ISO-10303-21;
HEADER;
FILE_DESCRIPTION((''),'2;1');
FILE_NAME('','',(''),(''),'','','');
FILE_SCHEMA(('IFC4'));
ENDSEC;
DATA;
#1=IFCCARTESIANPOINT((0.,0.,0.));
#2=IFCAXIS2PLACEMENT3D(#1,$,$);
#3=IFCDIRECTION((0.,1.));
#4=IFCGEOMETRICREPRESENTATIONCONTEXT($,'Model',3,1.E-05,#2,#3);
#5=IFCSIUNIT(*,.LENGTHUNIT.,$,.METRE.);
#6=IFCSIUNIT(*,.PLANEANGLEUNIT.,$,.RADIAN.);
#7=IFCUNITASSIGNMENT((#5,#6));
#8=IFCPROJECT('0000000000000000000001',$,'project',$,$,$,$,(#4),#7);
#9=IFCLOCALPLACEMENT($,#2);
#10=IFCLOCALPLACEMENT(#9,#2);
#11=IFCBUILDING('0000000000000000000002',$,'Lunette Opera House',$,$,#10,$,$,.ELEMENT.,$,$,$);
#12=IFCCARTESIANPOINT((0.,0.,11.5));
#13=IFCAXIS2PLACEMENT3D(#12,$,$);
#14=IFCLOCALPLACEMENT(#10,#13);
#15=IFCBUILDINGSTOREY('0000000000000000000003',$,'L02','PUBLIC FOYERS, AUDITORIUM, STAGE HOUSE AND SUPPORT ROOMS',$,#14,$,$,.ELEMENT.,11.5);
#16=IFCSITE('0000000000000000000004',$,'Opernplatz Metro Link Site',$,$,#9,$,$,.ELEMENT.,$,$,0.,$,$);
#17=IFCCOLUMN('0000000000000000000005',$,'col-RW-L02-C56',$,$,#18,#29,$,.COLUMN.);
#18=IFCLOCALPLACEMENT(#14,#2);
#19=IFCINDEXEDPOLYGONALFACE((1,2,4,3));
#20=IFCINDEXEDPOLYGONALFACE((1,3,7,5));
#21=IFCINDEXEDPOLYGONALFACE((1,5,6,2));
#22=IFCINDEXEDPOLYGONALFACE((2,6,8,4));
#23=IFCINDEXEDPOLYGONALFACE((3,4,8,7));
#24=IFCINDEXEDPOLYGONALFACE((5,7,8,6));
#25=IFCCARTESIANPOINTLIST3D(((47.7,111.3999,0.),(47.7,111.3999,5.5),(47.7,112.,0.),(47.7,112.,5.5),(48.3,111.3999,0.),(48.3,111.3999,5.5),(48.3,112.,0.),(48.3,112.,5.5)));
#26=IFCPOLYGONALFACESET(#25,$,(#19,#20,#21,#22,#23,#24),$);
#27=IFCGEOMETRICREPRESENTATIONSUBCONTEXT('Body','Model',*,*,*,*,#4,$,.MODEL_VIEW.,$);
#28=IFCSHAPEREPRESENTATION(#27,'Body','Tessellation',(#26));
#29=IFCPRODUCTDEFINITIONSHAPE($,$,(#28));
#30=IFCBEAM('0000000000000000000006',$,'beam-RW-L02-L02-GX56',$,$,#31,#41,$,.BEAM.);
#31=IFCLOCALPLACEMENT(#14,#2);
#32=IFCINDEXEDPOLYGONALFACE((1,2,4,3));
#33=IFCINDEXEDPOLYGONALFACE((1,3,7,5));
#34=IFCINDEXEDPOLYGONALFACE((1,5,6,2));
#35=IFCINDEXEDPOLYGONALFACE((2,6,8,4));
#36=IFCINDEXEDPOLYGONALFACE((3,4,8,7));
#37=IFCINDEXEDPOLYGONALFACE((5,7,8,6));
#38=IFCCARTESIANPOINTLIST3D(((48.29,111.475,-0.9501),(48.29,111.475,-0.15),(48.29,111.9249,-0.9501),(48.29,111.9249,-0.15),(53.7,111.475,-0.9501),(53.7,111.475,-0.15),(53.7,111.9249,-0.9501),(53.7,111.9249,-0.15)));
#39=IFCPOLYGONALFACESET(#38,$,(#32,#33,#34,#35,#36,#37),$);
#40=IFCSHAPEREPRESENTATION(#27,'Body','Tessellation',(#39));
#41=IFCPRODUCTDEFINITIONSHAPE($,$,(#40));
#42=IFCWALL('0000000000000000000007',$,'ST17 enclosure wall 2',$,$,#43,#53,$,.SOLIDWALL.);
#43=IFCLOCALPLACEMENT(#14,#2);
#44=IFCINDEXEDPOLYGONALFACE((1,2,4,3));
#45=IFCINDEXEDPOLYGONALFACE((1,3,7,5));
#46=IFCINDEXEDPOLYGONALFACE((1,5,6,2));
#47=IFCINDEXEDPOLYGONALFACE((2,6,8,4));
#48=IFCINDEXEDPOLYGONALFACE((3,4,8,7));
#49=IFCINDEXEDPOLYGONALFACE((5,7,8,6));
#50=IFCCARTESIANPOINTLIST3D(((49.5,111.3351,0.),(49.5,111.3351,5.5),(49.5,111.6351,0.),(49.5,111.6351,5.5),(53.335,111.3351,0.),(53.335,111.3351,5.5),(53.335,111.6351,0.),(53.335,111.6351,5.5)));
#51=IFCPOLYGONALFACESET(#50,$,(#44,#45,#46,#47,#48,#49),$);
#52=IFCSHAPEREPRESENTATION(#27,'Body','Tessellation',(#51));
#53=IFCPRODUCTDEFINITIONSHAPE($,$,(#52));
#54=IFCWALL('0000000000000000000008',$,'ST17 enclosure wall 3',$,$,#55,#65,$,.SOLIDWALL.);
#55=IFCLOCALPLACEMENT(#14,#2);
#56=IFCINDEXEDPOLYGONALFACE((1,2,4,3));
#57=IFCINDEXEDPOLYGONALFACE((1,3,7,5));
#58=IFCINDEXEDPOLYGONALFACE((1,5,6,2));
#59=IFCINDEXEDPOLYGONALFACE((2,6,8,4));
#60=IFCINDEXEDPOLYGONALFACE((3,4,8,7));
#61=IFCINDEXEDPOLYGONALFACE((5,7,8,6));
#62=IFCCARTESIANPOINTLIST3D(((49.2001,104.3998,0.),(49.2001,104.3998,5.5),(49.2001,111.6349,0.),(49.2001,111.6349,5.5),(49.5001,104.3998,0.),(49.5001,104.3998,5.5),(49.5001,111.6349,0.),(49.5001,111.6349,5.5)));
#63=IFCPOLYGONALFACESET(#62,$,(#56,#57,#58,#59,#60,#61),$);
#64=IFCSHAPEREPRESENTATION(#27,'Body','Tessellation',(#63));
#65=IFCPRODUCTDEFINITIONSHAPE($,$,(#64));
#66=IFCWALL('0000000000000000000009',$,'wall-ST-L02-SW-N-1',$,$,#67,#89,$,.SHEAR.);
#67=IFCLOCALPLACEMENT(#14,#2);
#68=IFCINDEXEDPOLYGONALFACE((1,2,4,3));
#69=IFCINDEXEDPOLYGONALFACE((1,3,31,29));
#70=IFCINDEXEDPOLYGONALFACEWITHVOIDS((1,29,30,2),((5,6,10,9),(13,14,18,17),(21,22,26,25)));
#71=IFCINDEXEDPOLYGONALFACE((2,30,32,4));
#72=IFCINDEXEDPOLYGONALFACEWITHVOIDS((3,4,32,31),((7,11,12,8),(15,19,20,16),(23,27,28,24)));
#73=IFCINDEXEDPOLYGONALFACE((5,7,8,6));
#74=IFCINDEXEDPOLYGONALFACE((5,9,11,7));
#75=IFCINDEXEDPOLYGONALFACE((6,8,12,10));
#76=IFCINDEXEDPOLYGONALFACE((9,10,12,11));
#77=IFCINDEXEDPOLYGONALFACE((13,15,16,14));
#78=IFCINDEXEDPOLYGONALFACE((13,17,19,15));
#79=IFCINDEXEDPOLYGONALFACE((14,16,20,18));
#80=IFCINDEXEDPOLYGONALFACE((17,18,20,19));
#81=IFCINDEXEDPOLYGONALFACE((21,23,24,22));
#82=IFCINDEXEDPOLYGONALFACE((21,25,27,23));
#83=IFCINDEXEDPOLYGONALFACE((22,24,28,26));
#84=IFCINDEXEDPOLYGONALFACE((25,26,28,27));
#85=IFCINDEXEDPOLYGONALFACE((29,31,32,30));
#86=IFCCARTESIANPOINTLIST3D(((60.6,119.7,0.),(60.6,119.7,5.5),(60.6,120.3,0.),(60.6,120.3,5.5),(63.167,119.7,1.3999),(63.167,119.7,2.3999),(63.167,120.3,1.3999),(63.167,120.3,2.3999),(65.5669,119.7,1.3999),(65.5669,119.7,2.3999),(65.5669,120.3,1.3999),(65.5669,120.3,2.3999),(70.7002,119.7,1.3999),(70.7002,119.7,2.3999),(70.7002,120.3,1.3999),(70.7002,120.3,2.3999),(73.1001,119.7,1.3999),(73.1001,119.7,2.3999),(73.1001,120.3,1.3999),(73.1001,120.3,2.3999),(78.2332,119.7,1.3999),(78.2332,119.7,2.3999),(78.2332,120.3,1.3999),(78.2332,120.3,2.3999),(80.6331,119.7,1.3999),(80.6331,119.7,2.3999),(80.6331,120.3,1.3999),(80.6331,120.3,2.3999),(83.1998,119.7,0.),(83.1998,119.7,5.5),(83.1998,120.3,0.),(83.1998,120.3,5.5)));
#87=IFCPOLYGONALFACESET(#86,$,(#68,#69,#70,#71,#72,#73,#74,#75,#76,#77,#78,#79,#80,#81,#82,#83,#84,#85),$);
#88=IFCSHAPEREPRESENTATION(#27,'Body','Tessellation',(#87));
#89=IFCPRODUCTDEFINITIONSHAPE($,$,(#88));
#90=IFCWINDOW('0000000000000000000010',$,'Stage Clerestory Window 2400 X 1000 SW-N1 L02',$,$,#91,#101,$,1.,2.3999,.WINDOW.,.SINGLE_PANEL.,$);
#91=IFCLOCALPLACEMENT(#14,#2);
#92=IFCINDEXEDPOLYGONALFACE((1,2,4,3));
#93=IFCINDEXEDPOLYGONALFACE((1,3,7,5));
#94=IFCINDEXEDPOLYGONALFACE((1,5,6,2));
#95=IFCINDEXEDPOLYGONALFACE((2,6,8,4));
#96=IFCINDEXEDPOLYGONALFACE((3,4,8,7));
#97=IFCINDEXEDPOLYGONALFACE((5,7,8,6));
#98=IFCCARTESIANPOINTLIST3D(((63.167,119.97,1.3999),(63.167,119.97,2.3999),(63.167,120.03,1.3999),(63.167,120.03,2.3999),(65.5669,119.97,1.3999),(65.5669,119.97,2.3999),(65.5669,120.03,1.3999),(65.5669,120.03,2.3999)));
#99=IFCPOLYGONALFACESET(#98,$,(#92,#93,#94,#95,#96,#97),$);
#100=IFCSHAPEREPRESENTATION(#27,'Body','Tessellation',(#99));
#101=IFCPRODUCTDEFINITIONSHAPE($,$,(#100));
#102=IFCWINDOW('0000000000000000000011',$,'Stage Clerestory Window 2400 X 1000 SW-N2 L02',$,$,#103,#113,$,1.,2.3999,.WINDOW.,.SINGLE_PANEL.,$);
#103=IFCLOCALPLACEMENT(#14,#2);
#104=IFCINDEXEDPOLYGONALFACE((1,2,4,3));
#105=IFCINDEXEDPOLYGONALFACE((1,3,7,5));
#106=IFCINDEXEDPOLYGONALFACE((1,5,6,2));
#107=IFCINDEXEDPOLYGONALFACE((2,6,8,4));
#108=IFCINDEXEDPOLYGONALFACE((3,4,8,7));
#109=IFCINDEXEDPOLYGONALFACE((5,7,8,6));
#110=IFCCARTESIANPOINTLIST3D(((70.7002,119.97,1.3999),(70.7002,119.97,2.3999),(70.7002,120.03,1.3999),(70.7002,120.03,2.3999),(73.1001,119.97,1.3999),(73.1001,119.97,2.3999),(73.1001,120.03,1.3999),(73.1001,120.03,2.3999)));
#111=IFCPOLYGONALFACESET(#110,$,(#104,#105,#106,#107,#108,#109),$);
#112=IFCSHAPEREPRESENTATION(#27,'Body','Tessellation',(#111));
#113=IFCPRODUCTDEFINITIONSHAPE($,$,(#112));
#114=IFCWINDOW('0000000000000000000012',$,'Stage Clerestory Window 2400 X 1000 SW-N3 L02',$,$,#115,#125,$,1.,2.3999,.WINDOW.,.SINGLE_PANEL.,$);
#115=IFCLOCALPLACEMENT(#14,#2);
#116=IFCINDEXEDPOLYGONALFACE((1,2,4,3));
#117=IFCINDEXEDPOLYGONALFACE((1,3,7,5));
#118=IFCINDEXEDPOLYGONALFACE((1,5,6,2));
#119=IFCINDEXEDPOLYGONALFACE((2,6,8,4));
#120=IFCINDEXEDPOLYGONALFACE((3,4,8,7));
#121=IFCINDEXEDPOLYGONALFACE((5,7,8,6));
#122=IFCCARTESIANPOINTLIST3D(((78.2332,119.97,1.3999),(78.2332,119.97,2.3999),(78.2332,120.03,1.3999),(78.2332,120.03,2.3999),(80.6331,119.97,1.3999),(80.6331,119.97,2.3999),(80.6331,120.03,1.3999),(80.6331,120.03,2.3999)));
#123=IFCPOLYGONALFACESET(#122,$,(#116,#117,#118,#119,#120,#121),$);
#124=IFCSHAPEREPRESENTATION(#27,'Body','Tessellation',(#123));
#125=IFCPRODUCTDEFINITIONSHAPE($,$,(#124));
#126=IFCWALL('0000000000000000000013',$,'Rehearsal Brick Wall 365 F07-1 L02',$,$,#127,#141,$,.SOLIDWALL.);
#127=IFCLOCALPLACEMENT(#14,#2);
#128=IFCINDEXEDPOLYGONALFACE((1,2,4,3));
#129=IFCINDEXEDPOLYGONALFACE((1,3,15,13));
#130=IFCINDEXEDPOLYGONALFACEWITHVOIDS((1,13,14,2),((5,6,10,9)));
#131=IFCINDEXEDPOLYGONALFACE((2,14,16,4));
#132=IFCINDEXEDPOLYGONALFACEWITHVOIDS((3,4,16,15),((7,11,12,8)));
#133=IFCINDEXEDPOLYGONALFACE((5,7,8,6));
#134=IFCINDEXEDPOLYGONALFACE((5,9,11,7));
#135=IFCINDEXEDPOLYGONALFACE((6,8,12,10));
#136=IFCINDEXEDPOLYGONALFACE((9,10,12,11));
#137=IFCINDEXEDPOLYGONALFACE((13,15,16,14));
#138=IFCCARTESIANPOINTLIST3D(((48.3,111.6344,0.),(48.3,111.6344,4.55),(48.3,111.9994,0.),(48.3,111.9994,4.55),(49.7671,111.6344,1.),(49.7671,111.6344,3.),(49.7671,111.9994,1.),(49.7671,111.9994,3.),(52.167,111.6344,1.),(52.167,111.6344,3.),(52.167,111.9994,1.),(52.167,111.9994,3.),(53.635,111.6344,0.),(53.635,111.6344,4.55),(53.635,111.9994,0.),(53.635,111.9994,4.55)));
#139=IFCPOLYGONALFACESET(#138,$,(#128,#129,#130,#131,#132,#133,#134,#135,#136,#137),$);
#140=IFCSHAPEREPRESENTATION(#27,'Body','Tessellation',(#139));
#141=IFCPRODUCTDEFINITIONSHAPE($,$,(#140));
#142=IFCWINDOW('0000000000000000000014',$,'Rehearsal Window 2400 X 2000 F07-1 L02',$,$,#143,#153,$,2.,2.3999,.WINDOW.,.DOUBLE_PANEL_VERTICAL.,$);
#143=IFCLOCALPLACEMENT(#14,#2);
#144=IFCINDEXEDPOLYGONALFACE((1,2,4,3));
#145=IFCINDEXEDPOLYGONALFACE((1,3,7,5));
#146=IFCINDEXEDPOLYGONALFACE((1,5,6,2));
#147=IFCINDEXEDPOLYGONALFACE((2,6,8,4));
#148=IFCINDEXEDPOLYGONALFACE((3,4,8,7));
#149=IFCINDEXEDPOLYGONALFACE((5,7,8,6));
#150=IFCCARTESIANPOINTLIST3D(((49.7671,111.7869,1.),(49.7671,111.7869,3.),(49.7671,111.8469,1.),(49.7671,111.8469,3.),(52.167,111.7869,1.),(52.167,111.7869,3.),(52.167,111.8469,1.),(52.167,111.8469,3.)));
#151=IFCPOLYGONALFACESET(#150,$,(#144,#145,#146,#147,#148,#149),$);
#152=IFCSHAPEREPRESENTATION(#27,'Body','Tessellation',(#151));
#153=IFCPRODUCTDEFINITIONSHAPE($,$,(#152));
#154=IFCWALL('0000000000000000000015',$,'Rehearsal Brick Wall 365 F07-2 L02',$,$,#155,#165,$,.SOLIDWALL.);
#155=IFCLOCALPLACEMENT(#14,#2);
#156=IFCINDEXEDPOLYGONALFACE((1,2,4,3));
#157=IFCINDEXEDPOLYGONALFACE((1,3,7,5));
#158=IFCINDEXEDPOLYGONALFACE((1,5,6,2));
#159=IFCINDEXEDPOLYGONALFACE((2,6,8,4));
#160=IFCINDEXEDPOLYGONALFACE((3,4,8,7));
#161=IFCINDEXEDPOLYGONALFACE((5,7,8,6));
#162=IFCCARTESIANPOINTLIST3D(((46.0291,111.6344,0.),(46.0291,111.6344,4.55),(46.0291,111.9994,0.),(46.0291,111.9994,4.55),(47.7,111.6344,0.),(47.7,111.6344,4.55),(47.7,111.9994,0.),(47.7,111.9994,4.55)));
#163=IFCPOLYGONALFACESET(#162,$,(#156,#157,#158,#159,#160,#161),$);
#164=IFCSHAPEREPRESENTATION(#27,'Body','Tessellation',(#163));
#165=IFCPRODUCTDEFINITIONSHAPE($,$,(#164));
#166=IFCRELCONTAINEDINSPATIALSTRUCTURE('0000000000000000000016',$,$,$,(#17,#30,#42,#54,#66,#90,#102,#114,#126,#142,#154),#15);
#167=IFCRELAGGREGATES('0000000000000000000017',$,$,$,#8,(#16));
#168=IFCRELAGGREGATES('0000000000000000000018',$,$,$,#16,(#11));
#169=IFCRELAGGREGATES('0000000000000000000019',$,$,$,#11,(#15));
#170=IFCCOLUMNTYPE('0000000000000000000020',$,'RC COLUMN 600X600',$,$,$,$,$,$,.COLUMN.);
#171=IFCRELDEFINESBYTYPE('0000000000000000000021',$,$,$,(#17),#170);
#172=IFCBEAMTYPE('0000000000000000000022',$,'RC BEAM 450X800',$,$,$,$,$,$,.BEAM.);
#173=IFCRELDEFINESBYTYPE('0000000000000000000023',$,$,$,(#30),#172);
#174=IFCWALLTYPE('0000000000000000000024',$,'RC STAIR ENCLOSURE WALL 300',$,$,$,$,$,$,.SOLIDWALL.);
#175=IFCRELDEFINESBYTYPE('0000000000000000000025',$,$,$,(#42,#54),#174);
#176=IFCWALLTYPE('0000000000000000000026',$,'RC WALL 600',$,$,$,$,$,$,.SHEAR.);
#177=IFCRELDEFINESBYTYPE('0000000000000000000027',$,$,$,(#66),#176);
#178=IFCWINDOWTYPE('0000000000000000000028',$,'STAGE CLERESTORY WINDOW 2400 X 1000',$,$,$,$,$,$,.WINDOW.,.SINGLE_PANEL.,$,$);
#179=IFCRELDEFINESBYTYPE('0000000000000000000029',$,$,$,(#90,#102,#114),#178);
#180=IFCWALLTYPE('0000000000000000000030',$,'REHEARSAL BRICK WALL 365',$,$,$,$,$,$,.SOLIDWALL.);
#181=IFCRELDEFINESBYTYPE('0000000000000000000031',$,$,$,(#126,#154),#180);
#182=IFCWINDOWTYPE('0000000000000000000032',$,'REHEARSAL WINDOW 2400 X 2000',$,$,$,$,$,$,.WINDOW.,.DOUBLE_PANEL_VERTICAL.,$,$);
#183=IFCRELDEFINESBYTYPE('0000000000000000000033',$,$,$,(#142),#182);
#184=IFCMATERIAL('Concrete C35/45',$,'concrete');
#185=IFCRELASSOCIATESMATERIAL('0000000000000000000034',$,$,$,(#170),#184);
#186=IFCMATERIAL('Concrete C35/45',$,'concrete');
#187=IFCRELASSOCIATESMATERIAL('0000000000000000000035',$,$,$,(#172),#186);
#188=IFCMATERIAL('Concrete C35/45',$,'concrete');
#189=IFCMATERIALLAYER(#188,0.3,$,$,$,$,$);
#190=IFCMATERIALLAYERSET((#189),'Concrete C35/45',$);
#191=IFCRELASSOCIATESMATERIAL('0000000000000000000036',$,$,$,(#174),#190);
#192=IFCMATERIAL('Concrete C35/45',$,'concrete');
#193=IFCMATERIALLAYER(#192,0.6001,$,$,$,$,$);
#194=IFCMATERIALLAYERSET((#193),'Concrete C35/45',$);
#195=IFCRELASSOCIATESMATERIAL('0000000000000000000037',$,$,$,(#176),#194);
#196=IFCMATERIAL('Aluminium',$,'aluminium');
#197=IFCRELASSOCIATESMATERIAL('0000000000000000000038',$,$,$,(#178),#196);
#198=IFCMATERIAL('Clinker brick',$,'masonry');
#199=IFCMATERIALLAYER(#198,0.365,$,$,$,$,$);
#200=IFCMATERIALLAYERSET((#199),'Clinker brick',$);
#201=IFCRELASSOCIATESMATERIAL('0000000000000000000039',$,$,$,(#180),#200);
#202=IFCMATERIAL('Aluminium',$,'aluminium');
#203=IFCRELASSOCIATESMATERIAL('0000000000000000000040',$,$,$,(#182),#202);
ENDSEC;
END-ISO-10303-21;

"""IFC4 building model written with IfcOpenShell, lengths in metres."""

from ifc_helpers import new_model, si_unit, direction, frame, frame_2d, origin, origin_2d, place, context, subcontext, project, spatial, rectangle, extrude, material, layer, layer_set, material_profile, profile_set, type_object, element, fill, save


model = new_model("IFC4")

# Units and contexts
model_context = context("Model", 3, precision=1e-05, world=origin(), true_north=direction((0.0, 1.0)))
body_context = subcontext(model_context, "Body", "Model", "MODEL_VIEW")
ifc_project = project(units=[si_unit("LENGTHUNIT", "METRE"), si_unit("PLANEANGLEUNIT", "RADIAN")], contexts=[model_context])

# Site, building, storey
site_placement = place(None, origin())
site = spatial("IfcSite", under=ifc_project, at=site_placement, Name="Opernplatz Metro Link Site", CompositionType="ELEMENT", RefElevation=0.0)
building_placement = place(site_placement, origin())
building = spatial("IfcBuilding", under=site, at=building_placement, Name="Lunette Opera House", CompositionType="ELEMENT")
storey_placement = place(building_placement, frame((0.0, 0.0, 11.5)))
storey = spatial("IfcBuildingStorey", under=building, at=storey_placement, Name="L02", Description="PUBLIC FOYERS, AUDITORIUM, STAGE HOUSE AND SUPPORT ROOMS", CompositionType="ELEMENT", Elevation=11.5)

# Column
ifc_material_1 = material(Name="Concrete C35/45", Category="concrete")
ifc_material_profile_1 = material_profile(ifc_material_1, rectangle(XDim=0.6001, YDim=0.6001, at=origin_2d()), Name="RC COLUMN 600X600")
ifc_profile_set_1 = profile_set([ifc_material_profile_1], Name="Concrete C35/45")
column_type = type_object("IfcColumnType", Name="RC COLUMN 600X600", PredefinedType="COLUMN", material=ifc_profile_set_1)
column_placement = place(storey_placement, frame((48.0, 111.7, 0.0), z_axis=(0.0, 0.0, 1.0), x_axis=(1.0, 0.0, 0.0)))
element("IfcColumn", 1, at=column_placement, inside=storey, type_object=column_type, Name="col-RW-L02-C56", PredefinedType="COLUMN", context=body_context, shape_type="SweptSolid", body=[
    extrude(rectangle(XDim=0.6001, YDim=0.6001, at=origin_2d()), origin(), (0.0, 0.0, 1.0), 5.5),
])

# Beam
ifc_material_2 = material(Name="Concrete C35/45", Category="concrete")
ifc_material_profile_2 = material_profile(ifc_material_2, rectangle(XDim=0.45, YDim=0.8, at=origin_2d()), Name="RC BEAM 450X800")
ifc_profile_set_2 = profile_set([ifc_material_profile_2], Name="Concrete C35/45")
beam_type = type_object("IfcBeamType", Name="RC BEAM 450X800", PredefinedType="BEAM", material=ifc_profile_set_2)
beam_placement = place(storey_placement, frame((48.29, 111.7, -0.55), z_axis=(1.0, 0.0, 0.0), x_axis=(0.0, 1.0, 0.0)))
element("IfcBeam", 2, at=beam_placement, inside=storey, type_object=beam_type, Name="beam-RW-L02-L02-GX56", PredefinedType="BEAM", context=body_context, shape_type="SweptSolid", body=[
    extrude(rectangle(XDim=0.45, YDim=0.8, at=origin_2d()), origin(), (0.0, 0.0, 1.0), 5.4099),
])

# Walls
ifc_material_3 = material(Name="Concrete C35/45", Category="concrete")
ifc_layer_1 = layer(ifc_material_3, 0.3)
ifc_layer_set_1 = layer_set([ifc_layer_1], Name="Concrete C35/45")
wall_type_1 = type_object("IfcWallType", Name="RC STAIR ENCLOSURE WALL 300", PredefinedType="SOLIDWALL", material=ifc_layer_set_1)
wall_1_placement = place(storey_placement, frame((53.335, 111.4851, 0.0), z_axis=(0.0, 0.0, 1.0), x_axis=(-1.0, 0.0, 0.0)))
element("IfcWall", 3, at=wall_1_placement, inside=storey, type_object=wall_type_1, Name="ST17 enclosure wall 2", PredefinedType="SOLIDWALL", context=body_context, shape_type="SweptSolid", body=[
    extrude(rectangle(XDim=3.835, YDim=0.3, at=frame_2d((1.9175, 0.0))), origin(), (0.0, 0.0, 1.0), 5.5),
])
wall_2_placement = place(storey_placement, frame((49.3501, 111.635, 0.0), z_axis=(0.0, 0.0, 1.0), x_axis=(0.0, -1.0, 0.0)))
element("IfcWall", 4, at=wall_2_placement, inside=storey, type_object=wall_type_1, Name="ST17 enclosure wall 3", PredefinedType="SOLIDWALL", context=body_context, shape_type="SweptSolid", body=[
    extrude(rectangle(XDim=7.2351, YDim=0.3, at=frame_2d((3.6177, 0.0))), origin(), (0.0, 0.0, 1.0), 5.5),
])

# Wall, openings, windows
ifc_material_4 = material(Name="Concrete C35/45", Category="concrete")
ifc_layer_2 = layer(ifc_material_4, 0.6001)
ifc_layer_set_2 = layer_set([ifc_layer_2], Name="Concrete C35/45")
wall_type_2 = type_object("IfcWallType", Name="RC WALL 600", PredefinedType="SHEAR", material=ifc_layer_set_2)
wall_3_placement = place(storey_placement, frame((60.6001, 120.0, 0.0), z_axis=(0.0, 0.0, 1.0), x_axis=(1.0, 0.0, 0.0)))
wall_3 = element("IfcWall", 5, at=wall_3_placement, inside=storey, type_object=wall_type_2, Name="wall-ST-L02-SW-N-1", PredefinedType="SHEAR", context=body_context, shape_type="SweptSolid", body=[
    extrude(rectangle(XDim=22.5999, YDim=0.6001, at=frame_2d((11.2998, 0.0))), origin(), (0.0, 0.0, 1.0), 5.5),
])
opening_1_placement = place(wall_3_placement, frame((2.5669, 0.0, 1.3999)))
opening_1 = element("IfcOpeningElement", 6, at=opening_1_placement, cuts=wall_3, PredefinedType="OPENING", context=body_context, shape_type="SweptSolid", body=[
    extrude(rectangle(XDim=2.3999, YDim=1.0, at=frame_2d((1.2, 0.5))), frame((0.0, 0.312, 0.0), z_axis=(0.0, -1.0, 0.0), x_axis=(1.0, 0.0, 0.0)), (0.0, 0.0, 1.0), 0.624),
])
opening_2_placement = place(wall_3_placement, frame((10.1001, 0.0, 1.3999)))
opening_2 = element("IfcOpeningElement", 7, at=opening_2_placement, cuts=wall_3, PredefinedType="OPENING", context=body_context, shape_type="SweptSolid", body=[
    extrude(rectangle(XDim=2.3999, YDim=1.0, at=frame_2d((1.2, 0.5))), frame((0.0, 0.312, 0.0), z_axis=(0.0, -1.0, 0.0), x_axis=(1.0, 0.0, 0.0)), (0.0, 0.0, 1.0), 0.624),
])
opening_3_placement = place(wall_3_placement, frame((17.6331, 0.0, 1.3999)))
opening_3 = element("IfcOpeningElement", 8, at=opening_3_placement, cuts=wall_3, PredefinedType="OPENING", context=body_context, shape_type="SweptSolid", body=[
    extrude(rectangle(XDim=2.3999, YDim=1.0, at=frame_2d((1.2, 0.5))), frame((0.0, 0.312, 0.0), z_axis=(0.0, -1.0, 0.0), x_axis=(1.0, 0.0, 0.0)), (0.0, 0.0, 1.0), 0.624),
])
ifc_material_5 = material(Name="Aluminium", Category="aluminium")
window_type_1 = type_object("IfcWindowType", Name="STAGE CLERESTORY WINDOW 2400 X 1000", PartitioningType="SINGLE_PANEL", PredefinedType="WINDOW", material=ifc_material_5)
window_1_placement = place(opening_1_placement, origin())
window_1 = element("IfcWindow", 9, at=window_1_placement, inside=storey, type_object=window_type_1, Name="Stage Clerestory Window 2400 X 1000 SW-N1 L02", OverallHeight=1.0, OverallWidth=2.3999, PartitioningType="SINGLE_PANEL", PredefinedType="WINDOW", context=body_context, shape_type="SweptSolid", body=[
    extrude(rectangle(XDim=2.3999, YDim=1.0, at=frame_2d((1.2, 0.5))), frame((0.0, 0.03, 0.0), z_axis=(0.0, -1.0, 0.0), x_axis=(1.0, 0.0, 0.0)), (0.0, 0.0, 1.0), 0.0601),
])
fill(opening_1, window_1)
window_2_placement = place(opening_2_placement, origin())
window_2 = element("IfcWindow", 10, at=window_2_placement, inside=storey, type_object=window_type_1, Name="Stage Clerestory Window 2400 X 1000 SW-N2 L02", OverallHeight=1.0, OverallWidth=2.3999, PartitioningType="SINGLE_PANEL", PredefinedType="WINDOW", context=body_context, shape_type="SweptSolid", body=[
    extrude(rectangle(XDim=2.3999, YDim=1.0, at=frame_2d((1.2, 0.5))), frame((0.0, 0.03, 0.0), z_axis=(0.0, -1.0, 0.0), x_axis=(1.0, 0.0, 0.0)), (0.0, 0.0, 1.0), 0.0601),
])
fill(opening_2, window_2)
window_3_placement = place(opening_3_placement, origin())
window_3 = element("IfcWindow", 11, at=window_3_placement, inside=storey, type_object=window_type_1, Name="Stage Clerestory Window 2400 X 1000 SW-N3 L02", OverallHeight=1.0, OverallWidth=2.3999, PartitioningType="SINGLE_PANEL", PredefinedType="WINDOW", context=body_context, shape_type="SweptSolid", body=[
    extrude(rectangle(XDim=2.3999, YDim=1.0, at=frame_2d((1.2, 0.5))), frame((0.0, 0.03, 0.0), z_axis=(0.0, -1.0, 0.0), x_axis=(1.0, 0.0, 0.0)), (0.0, 0.0, 1.0), 0.0601),
])
fill(opening_3, window_3)

# Wall, opening, window
ifc_material_6 = material(Name="Clinker brick", Category="masonry")
ifc_layer_3 = layer(ifc_material_6, 0.365)
ifc_layer_set_3 = layer_set([ifc_layer_3], Name="Clinker brick")
wall_type_3 = type_object("IfcWallType", Name="REHEARSAL BRICK WALL 365", PredefinedType="SOLIDWALL", material=ifc_layer_set_3)
wall_4_placement = place(storey_placement, frame((53.635, 111.8169, 0.0), z_axis=(0.0, 0.0, 1.0), x_axis=(-1.0, 0.0, 0.0)))
wall_4 = element("IfcWall", 12, at=wall_4_placement, inside=storey, type_object=wall_type_3, Name="Rehearsal Brick Wall 365 F07-1 L02", PredefinedType="SOLIDWALL", context=body_context, shape_type="SweptSolid", body=[
    extrude(rectangle(XDim=5.335, YDim=0.365, at=frame_2d((2.6675, 0.0))), origin(), (0.0, 0.0, 1.0), 4.55),
])
opening_4_placement = place(wall_4_placement, frame((1.468, 0.0, 1.0)))
opening_4 = element("IfcOpeningElement", 13, at=opening_4_placement, cuts=wall_4, PredefinedType="OPENING", context=body_context, shape_type="SweptSolid", body=[
    extrude(rectangle(XDim=2.3999, YDim=2.0, at=frame_2d((1.2, 1.0))), frame((0.0, 0.1946, 0.0), z_axis=(0.0, -1.0, 0.0), x_axis=(1.0, 0.0, 0.0)), (0.0, 0.0, 1.0), 0.3889),
])
ifc_material_7 = material(Name="Aluminium", Category="aluminium")
window_type_2 = type_object("IfcWindowType", Name="REHEARSAL WINDOW 2400 X 2000", PartitioningType="DOUBLE_PANEL_VERTICAL", PredefinedType="WINDOW", material=ifc_material_7)
window_4_placement = place(opening_4_placement, origin())
window_4 = element("IfcWindow", 14, at=window_4_placement, inside=storey, type_object=window_type_2, Name="Rehearsal Window 2400 X 2000 F07-1 L02", OverallHeight=2.0, OverallWidth=2.3999, PartitioningType="DOUBLE_PANEL_VERTICAL", PredefinedType="WINDOW", context=body_context, shape_type="SweptSolid", body=[
    extrude(rectangle(XDim=2.3999, YDim=2.0, at=frame_2d((1.2, 1.0))), frame((0.0, 0.03, 0.0), z_axis=(0.0, -1.0, 0.0), x_axis=(1.0, 0.0, 0.0)), (0.0, 0.0, 1.0), 0.0601),
])
fill(opening_4, window_4)

# Wall
wall_5_placement = place(storey_placement, frame((47.7, 111.8169, 0.0), z_axis=(0.0, 0.0, 1.0), x_axis=(-1.0, 0.0, 0.0)))
element("IfcWall", 15, at=wall_5_placement, inside=storey, type_object=wall_type_3, Name="Rehearsal Brick Wall 365 F07-2 L02", PredefinedType="SOLIDWALL", context=body_context, shape_type="SweptSolid", body=[
    extrude(rectangle(XDim=1.6709, YDim=0.365, at=frame_2d((0.8354, 0.0))), origin(), (0.0, 0.0, 1.0), 4.55),
])

save(model, "model.ifc")
